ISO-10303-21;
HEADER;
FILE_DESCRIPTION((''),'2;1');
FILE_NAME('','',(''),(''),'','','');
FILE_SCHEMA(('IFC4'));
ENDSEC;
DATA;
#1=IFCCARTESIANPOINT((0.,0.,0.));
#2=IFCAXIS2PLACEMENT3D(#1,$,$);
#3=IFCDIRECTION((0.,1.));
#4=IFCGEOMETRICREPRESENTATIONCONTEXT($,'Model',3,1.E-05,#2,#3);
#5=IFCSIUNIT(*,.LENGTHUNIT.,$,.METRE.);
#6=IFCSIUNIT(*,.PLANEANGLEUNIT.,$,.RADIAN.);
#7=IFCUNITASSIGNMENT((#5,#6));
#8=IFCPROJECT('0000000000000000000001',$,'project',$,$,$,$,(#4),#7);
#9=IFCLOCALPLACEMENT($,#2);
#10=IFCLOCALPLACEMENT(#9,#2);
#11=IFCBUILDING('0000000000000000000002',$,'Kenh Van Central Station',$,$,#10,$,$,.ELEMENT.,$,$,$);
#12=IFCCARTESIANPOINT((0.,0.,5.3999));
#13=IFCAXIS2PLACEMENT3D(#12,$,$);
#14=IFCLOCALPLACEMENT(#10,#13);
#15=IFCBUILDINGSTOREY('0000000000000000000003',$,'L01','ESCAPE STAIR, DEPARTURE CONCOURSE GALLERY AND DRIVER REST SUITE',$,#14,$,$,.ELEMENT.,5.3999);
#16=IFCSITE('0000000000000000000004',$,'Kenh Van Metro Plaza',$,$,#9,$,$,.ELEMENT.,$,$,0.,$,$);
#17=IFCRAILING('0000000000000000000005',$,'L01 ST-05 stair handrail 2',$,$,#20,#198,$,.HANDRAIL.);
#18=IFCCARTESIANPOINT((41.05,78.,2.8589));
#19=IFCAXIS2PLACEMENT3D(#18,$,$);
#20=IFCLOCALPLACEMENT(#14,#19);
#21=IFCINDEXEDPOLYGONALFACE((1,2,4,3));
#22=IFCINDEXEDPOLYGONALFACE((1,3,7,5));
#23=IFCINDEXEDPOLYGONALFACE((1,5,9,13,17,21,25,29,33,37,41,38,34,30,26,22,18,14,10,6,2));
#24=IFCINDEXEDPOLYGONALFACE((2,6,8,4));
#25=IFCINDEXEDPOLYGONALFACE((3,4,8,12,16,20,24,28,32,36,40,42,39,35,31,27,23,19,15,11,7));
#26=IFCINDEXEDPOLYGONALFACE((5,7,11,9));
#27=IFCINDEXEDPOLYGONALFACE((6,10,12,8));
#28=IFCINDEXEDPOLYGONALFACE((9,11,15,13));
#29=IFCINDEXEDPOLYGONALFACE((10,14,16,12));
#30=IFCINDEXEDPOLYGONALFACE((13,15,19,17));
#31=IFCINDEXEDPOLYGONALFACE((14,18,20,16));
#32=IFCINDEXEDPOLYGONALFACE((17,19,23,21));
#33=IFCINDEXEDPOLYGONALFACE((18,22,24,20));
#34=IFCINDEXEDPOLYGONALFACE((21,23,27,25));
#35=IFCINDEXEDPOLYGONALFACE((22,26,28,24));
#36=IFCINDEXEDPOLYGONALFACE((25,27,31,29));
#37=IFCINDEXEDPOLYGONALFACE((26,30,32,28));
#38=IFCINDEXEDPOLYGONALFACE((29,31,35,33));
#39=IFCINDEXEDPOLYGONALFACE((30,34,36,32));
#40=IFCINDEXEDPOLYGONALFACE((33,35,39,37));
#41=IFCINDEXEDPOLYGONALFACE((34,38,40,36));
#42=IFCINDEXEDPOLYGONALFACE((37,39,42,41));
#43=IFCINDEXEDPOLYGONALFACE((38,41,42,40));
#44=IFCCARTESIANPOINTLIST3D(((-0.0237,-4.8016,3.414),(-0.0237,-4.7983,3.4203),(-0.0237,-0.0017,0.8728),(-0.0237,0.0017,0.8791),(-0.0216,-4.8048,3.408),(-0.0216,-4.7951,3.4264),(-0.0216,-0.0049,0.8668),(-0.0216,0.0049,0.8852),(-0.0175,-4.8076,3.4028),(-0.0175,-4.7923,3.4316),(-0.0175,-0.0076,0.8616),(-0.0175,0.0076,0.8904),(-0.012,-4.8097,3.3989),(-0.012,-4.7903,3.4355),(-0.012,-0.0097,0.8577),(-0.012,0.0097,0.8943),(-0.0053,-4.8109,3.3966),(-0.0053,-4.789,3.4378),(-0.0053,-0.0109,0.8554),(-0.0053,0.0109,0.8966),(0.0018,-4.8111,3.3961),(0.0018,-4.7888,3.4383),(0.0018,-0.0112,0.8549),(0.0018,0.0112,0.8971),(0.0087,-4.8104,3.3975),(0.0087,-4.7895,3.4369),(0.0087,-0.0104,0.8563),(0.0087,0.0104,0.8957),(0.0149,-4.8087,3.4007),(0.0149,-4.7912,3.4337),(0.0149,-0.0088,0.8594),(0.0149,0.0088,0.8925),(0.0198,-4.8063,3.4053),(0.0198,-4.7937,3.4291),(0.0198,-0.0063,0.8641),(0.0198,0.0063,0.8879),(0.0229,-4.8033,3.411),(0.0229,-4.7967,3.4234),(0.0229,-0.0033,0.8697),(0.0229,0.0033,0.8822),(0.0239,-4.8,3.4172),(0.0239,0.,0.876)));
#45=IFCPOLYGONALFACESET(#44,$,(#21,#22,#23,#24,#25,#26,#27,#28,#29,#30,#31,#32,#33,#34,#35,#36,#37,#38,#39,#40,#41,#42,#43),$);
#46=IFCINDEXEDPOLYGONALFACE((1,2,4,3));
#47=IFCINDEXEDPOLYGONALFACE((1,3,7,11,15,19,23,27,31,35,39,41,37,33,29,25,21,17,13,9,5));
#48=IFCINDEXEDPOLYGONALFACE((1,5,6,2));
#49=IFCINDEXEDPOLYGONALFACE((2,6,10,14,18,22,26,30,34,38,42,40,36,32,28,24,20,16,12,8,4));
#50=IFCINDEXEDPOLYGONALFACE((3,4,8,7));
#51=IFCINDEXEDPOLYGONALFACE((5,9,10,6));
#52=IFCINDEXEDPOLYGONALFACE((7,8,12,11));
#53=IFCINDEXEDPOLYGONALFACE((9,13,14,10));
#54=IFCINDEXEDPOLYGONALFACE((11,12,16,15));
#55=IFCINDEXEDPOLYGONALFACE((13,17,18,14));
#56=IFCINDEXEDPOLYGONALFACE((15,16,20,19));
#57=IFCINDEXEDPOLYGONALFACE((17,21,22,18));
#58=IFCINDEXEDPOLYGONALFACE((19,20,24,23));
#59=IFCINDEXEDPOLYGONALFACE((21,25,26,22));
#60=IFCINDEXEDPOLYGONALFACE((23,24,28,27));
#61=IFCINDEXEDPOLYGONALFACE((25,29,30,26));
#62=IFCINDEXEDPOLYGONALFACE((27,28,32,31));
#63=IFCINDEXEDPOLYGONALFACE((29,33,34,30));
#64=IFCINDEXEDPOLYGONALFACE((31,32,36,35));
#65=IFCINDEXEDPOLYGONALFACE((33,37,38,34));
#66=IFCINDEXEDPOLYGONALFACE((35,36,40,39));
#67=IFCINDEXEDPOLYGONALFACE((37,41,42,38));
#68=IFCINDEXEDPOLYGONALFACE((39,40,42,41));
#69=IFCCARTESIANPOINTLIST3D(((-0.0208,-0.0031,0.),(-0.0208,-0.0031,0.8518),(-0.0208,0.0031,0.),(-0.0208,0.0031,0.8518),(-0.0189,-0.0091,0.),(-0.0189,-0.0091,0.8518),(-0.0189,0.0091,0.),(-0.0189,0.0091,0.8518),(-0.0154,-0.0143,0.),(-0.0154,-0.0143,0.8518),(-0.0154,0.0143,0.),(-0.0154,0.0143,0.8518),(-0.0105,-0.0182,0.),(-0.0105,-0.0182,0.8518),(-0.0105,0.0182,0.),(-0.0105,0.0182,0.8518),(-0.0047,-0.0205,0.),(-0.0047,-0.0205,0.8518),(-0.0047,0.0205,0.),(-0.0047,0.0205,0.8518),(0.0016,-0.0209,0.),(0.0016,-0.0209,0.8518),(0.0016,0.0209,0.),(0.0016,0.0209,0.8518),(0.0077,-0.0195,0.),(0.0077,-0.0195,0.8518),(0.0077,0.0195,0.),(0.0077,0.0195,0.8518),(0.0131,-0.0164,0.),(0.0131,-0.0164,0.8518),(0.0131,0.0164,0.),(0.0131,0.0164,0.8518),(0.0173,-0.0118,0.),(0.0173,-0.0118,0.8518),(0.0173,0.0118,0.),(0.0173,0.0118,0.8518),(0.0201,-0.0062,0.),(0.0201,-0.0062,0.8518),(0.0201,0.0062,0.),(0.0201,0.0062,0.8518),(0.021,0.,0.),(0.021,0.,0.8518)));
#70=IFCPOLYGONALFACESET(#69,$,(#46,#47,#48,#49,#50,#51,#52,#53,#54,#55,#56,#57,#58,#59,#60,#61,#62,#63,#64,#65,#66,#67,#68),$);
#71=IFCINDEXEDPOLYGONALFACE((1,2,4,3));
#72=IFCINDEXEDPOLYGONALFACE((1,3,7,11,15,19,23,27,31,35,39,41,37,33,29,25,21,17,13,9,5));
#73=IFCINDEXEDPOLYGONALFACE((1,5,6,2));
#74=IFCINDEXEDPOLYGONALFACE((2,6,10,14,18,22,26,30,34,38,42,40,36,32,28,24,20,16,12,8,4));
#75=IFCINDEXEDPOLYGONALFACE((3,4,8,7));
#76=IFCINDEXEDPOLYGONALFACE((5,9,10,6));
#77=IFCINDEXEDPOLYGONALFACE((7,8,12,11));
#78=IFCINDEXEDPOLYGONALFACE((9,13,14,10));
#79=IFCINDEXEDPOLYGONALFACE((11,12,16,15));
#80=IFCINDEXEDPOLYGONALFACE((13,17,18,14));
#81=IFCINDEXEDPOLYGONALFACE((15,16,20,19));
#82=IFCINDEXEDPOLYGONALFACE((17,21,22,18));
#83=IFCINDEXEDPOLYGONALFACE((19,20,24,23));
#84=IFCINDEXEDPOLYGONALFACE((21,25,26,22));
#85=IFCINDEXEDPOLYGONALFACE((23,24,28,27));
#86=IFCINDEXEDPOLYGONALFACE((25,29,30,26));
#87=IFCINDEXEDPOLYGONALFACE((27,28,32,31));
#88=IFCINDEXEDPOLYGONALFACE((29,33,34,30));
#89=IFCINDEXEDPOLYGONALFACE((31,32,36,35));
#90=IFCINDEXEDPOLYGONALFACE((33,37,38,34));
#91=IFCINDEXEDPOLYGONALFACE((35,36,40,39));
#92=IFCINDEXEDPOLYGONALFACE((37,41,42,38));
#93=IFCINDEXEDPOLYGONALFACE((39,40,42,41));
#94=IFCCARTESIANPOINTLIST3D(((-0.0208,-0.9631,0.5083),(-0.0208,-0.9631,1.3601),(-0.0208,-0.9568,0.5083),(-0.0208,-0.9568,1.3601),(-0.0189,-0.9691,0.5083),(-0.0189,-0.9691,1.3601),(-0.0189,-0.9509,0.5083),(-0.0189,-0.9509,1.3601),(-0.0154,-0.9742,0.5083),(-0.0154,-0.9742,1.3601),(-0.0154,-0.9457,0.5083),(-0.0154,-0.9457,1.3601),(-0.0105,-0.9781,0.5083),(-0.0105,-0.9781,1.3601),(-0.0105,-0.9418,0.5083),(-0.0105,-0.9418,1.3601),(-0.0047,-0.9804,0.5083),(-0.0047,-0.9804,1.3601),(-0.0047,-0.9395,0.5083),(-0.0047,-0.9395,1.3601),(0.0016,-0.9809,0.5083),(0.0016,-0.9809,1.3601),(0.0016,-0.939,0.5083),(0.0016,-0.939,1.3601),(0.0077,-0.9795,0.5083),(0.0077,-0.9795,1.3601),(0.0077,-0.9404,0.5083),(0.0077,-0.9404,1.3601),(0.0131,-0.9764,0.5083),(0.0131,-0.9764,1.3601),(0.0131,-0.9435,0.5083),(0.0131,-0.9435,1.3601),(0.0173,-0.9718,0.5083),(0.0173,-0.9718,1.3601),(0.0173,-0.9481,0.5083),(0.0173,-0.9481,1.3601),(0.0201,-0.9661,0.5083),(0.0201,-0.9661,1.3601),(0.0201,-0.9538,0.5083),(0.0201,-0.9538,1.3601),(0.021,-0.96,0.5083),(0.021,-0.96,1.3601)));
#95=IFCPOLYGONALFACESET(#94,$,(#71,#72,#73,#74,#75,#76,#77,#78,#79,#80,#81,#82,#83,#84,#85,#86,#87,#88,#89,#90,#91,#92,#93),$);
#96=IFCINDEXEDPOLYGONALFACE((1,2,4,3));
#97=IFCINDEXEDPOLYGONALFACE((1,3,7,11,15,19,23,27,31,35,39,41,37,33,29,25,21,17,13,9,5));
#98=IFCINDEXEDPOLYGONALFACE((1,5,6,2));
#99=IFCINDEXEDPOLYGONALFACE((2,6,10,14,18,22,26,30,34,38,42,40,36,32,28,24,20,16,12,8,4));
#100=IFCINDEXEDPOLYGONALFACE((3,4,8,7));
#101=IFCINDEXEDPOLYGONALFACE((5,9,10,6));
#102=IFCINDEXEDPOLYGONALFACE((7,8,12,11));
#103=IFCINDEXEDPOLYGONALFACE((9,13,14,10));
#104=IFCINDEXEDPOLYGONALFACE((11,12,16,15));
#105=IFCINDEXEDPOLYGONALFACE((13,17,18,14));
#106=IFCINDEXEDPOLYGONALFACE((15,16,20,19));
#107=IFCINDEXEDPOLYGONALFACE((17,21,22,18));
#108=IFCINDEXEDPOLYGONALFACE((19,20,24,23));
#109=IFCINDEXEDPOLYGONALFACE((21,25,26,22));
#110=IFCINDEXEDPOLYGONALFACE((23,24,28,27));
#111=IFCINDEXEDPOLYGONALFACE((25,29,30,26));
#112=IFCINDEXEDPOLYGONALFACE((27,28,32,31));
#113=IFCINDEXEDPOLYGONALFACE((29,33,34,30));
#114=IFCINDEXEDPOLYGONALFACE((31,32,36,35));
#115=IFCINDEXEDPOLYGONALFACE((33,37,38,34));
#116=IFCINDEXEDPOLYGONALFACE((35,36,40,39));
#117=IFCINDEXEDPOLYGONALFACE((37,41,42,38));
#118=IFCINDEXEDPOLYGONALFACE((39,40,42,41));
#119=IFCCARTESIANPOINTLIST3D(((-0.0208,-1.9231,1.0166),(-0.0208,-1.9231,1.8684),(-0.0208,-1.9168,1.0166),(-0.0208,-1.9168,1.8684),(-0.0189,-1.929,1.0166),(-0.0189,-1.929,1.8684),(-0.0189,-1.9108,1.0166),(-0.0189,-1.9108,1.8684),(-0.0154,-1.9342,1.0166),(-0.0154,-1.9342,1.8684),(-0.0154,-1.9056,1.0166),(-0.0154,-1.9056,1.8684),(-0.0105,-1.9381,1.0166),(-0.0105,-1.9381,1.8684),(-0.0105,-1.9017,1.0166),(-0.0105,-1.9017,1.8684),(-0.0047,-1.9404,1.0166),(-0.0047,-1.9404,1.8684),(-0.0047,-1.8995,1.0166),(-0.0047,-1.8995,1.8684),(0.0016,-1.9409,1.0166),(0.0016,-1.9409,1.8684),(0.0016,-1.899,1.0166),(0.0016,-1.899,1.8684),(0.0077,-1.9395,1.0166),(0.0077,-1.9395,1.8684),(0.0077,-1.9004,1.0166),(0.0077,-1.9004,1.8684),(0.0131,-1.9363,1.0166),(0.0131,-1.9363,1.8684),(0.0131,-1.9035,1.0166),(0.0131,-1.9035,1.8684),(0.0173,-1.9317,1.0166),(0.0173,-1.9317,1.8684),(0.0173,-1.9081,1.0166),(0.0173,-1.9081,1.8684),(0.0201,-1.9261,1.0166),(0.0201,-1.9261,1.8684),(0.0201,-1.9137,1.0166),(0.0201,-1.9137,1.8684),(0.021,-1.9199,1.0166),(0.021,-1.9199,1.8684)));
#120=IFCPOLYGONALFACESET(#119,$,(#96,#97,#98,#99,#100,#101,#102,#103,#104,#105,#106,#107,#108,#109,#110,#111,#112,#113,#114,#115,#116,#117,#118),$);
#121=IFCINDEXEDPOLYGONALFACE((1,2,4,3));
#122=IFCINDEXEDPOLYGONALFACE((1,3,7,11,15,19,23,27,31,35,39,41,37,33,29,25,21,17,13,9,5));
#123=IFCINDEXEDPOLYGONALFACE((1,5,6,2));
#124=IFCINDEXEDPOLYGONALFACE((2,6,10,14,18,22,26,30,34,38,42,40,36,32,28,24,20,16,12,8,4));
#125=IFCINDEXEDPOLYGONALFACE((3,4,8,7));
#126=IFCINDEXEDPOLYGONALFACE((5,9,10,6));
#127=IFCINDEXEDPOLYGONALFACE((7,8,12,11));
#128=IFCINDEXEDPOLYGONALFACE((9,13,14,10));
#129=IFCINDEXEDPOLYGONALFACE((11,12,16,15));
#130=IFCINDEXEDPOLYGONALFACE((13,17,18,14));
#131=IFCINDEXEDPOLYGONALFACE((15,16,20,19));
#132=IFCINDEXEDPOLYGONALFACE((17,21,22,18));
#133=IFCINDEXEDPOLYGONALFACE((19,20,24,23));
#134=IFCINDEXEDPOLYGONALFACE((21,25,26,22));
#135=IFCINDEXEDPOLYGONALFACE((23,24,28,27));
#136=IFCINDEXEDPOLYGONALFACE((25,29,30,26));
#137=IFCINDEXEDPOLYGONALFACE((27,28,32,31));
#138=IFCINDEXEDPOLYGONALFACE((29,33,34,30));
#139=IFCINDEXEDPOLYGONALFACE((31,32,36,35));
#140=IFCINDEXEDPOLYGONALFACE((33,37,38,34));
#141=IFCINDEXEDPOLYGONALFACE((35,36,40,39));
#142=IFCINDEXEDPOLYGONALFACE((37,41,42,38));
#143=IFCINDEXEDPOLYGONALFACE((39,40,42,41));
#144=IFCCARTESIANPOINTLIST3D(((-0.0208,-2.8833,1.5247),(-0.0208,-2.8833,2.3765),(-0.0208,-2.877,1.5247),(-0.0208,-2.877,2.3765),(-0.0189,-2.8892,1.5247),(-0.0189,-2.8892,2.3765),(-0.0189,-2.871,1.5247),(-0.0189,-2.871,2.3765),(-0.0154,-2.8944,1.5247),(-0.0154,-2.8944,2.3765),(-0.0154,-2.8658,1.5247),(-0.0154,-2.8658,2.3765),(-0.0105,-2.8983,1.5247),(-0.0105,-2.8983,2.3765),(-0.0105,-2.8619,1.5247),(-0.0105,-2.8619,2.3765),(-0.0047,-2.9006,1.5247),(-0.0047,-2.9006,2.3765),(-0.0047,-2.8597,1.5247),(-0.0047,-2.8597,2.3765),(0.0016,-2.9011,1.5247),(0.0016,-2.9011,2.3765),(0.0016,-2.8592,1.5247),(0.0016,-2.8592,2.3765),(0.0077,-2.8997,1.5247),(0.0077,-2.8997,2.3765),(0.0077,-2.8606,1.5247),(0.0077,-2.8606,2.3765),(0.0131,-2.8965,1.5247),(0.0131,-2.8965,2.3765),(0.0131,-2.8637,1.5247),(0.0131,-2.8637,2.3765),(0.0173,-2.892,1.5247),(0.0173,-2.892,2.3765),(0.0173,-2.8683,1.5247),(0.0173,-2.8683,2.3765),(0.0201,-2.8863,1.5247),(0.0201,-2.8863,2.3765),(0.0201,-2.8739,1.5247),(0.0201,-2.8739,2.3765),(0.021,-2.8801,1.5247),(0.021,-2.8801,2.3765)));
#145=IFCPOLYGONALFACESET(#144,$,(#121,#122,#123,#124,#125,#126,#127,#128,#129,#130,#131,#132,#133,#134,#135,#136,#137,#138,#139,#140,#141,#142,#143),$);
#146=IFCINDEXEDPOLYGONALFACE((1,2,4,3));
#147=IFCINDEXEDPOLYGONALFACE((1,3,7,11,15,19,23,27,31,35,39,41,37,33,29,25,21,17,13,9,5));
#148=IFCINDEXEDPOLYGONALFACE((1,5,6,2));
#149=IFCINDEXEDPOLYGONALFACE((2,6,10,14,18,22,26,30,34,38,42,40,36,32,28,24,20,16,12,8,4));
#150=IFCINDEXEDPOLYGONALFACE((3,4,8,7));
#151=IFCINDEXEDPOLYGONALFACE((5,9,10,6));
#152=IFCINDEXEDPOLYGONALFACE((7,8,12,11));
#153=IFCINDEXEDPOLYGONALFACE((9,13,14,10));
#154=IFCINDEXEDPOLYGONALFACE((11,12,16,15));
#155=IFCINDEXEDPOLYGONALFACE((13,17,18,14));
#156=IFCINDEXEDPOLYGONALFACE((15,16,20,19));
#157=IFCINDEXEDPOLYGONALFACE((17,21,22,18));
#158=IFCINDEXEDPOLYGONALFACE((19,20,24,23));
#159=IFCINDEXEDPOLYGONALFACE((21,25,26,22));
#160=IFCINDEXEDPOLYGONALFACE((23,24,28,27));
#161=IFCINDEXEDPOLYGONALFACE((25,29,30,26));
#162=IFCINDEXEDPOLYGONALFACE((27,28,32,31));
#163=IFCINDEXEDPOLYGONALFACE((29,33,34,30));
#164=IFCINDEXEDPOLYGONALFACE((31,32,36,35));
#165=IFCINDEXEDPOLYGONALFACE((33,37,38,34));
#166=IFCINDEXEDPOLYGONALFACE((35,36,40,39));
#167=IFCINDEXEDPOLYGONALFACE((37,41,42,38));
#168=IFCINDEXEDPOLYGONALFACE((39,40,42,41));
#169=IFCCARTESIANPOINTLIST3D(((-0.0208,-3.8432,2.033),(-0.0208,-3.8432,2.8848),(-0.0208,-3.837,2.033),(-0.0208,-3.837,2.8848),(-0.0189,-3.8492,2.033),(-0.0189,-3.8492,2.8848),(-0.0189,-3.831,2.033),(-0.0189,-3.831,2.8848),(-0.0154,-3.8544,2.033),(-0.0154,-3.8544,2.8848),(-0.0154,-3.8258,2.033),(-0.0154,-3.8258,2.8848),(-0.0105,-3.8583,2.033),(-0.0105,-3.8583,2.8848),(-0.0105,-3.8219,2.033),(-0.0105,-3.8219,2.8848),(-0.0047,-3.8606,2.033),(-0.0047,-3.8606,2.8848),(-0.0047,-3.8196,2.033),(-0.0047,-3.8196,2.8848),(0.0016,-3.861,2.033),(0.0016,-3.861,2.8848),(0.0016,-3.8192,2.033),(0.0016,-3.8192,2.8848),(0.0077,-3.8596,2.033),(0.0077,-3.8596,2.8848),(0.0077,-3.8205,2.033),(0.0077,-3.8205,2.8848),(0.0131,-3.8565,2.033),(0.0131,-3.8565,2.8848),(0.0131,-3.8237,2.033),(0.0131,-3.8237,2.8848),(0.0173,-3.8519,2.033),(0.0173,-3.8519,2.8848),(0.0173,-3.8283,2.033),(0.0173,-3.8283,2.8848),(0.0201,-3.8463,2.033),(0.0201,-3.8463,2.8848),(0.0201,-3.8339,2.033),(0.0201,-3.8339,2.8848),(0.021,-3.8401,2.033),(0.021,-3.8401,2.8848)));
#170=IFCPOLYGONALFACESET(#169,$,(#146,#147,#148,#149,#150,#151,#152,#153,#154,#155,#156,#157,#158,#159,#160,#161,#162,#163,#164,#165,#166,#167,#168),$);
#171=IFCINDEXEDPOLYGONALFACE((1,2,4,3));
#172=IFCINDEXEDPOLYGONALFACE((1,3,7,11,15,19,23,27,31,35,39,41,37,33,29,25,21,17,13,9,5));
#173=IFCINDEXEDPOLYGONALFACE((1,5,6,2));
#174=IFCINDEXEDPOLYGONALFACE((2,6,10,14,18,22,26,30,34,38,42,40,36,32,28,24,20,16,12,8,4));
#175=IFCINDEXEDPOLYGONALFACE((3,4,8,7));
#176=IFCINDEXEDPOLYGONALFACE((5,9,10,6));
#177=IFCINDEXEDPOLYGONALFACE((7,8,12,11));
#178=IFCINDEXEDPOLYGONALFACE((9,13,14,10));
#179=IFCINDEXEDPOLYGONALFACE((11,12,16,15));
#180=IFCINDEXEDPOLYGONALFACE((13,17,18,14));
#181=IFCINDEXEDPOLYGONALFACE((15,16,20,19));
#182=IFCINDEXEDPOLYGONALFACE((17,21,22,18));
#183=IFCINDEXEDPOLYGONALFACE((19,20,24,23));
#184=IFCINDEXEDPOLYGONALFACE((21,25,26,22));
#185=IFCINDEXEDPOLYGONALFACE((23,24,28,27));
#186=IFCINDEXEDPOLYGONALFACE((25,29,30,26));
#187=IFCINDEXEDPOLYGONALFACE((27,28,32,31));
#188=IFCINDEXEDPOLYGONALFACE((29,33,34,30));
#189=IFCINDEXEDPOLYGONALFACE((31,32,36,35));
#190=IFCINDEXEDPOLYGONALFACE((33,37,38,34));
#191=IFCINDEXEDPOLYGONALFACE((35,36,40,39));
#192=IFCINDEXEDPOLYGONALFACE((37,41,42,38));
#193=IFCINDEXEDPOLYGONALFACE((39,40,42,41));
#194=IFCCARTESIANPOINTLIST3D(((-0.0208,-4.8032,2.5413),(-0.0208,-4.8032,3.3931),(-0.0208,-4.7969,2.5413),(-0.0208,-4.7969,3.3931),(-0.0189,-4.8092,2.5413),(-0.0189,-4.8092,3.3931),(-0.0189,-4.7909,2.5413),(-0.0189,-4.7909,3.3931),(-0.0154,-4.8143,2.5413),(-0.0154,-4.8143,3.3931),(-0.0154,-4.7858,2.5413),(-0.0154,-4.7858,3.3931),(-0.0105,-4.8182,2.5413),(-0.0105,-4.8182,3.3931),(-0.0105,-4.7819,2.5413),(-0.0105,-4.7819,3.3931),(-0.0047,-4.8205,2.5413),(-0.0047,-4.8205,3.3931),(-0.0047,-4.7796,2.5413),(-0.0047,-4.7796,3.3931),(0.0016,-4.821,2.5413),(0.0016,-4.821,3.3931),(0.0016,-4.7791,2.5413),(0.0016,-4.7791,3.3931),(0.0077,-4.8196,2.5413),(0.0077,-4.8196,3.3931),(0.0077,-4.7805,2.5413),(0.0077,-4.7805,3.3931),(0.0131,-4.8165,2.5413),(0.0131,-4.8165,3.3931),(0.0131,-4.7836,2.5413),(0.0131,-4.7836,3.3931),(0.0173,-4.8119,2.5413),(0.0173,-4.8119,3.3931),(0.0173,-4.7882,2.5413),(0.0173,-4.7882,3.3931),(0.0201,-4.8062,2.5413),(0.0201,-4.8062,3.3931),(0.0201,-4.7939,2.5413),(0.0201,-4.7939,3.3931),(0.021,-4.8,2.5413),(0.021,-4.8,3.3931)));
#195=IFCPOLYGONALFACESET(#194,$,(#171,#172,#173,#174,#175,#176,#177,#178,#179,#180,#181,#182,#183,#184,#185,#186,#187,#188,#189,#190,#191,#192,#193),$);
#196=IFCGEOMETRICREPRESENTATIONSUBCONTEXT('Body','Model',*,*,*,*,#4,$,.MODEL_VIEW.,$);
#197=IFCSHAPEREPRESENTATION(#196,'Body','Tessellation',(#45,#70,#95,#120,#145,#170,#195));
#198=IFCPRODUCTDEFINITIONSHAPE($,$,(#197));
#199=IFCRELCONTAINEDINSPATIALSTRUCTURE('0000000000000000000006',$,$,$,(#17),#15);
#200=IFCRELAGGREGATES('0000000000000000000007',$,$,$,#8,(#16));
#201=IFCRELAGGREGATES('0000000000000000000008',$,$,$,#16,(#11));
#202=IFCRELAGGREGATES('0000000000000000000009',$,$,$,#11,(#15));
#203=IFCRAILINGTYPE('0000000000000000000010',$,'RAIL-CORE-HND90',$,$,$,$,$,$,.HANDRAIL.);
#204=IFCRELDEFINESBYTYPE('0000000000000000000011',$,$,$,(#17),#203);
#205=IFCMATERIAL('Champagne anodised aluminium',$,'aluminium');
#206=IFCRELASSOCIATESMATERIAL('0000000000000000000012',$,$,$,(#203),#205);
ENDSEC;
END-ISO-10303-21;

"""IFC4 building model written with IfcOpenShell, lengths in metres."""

from ifc_helpers import new_model, si_unit, direction, frame, origin, origin_2d, place, context, subcontext, project, spatial, circle, extrude, material, type_object, element, save


model = new_model("IFC4")

# Units and contexts
model_context = context("Model", 3, precision=1e-05, world=origin(), true_north=direction((0.0, 1.0)))
body_context = subcontext(model_context, "Body", "Model", "MODEL_VIEW")
ifc_project = project(units=[si_unit("LENGTHUNIT", "METRE"), si_unit("PLANEANGLEUNIT", "RADIAN")], contexts=[model_context])

# Site, building, storey
site_placement = place(None, origin())
site = spatial("IfcSite", under=ifc_project, at=site_placement, Name="Kenh Van Metro Plaza", CompositionType="ELEMENT", RefElevation=0.0)
building_placement = place(site_placement, origin())
building = spatial("IfcBuilding", under=site, at=building_placement, Name="Kenh Van Central Station", CompositionType="ELEMENT")
storey_placement = place(building_placement, frame((0.0, 0.0, 5.3999)))
storey = spatial("IfcBuildingStorey", under=building, at=storey_placement, Name="L01", Description="ESCAPE STAIR, DEPARTURE CONCOURSE GALLERY AND DRIVER REST SUITE", CompositionType="ELEMENT", Elevation=5.3999)

# Shared definitions
ifc_material_1 = material(Name="Champagne anodised aluminium", Category="aluminium")

# Railing
railing_type_1 = type_object("IfcRailingType", Name="RAIL-CORE-HND90", PredefinedType="HANDRAIL", material=ifc_material_1)
railing_1_placement = place(storey_placement, frame((41.05, 78.0, 2.8589)))
element("IfcRailing", 1, at=railing_1_placement, inside=storey, type_object=railing_type_1, Name="L01 ST-05 stair handrail 2", PredefinedType="HANDRAIL", context=body_context, shape_type="SweptSolid", body=[
    extrude(circle(Radius=0.0239, at=origin_2d()), frame((0.0, 0.0, 0.876), z_axis=(0.0, -0.883784, 0.467896), x_axis=(1.0, 0.0, 0.0)), (0.0, 0.0, 1.0), 5.4312),
    extrude(circle(Radius=0.021, at=origin_2d()), origin(), (0.0, 0.0, 1.0), 0.8518),
    extrude(circle(Radius=0.021, at=origin_2d()), frame((0.0, -0.96, 0.5083)), (0.0, 0.0, 1.0), 0.8518),
    extrude(circle(Radius=0.021, at=origin_2d()), frame((0.0, -1.9199, 1.0166)), (0.0, 0.0, 1.0), 0.8518),
    extrude(circle(Radius=0.021, at=origin_2d()), frame((0.0, -2.8801, 1.5247)), (0.0, 0.0, 1.0), 0.8518),
    extrude(circle(Radius=0.021, at=origin_2d()), frame((0.0, -3.8401, 2.033)), (0.0, 0.0, 1.0), 0.8518),
    extrude(circle(Radius=0.021, at=origin_2d()), frame((0.0, -4.8, 2.5413)), (0.0, 0.0, 1.0), 0.8518),
])

save(model, "model.ifc")
